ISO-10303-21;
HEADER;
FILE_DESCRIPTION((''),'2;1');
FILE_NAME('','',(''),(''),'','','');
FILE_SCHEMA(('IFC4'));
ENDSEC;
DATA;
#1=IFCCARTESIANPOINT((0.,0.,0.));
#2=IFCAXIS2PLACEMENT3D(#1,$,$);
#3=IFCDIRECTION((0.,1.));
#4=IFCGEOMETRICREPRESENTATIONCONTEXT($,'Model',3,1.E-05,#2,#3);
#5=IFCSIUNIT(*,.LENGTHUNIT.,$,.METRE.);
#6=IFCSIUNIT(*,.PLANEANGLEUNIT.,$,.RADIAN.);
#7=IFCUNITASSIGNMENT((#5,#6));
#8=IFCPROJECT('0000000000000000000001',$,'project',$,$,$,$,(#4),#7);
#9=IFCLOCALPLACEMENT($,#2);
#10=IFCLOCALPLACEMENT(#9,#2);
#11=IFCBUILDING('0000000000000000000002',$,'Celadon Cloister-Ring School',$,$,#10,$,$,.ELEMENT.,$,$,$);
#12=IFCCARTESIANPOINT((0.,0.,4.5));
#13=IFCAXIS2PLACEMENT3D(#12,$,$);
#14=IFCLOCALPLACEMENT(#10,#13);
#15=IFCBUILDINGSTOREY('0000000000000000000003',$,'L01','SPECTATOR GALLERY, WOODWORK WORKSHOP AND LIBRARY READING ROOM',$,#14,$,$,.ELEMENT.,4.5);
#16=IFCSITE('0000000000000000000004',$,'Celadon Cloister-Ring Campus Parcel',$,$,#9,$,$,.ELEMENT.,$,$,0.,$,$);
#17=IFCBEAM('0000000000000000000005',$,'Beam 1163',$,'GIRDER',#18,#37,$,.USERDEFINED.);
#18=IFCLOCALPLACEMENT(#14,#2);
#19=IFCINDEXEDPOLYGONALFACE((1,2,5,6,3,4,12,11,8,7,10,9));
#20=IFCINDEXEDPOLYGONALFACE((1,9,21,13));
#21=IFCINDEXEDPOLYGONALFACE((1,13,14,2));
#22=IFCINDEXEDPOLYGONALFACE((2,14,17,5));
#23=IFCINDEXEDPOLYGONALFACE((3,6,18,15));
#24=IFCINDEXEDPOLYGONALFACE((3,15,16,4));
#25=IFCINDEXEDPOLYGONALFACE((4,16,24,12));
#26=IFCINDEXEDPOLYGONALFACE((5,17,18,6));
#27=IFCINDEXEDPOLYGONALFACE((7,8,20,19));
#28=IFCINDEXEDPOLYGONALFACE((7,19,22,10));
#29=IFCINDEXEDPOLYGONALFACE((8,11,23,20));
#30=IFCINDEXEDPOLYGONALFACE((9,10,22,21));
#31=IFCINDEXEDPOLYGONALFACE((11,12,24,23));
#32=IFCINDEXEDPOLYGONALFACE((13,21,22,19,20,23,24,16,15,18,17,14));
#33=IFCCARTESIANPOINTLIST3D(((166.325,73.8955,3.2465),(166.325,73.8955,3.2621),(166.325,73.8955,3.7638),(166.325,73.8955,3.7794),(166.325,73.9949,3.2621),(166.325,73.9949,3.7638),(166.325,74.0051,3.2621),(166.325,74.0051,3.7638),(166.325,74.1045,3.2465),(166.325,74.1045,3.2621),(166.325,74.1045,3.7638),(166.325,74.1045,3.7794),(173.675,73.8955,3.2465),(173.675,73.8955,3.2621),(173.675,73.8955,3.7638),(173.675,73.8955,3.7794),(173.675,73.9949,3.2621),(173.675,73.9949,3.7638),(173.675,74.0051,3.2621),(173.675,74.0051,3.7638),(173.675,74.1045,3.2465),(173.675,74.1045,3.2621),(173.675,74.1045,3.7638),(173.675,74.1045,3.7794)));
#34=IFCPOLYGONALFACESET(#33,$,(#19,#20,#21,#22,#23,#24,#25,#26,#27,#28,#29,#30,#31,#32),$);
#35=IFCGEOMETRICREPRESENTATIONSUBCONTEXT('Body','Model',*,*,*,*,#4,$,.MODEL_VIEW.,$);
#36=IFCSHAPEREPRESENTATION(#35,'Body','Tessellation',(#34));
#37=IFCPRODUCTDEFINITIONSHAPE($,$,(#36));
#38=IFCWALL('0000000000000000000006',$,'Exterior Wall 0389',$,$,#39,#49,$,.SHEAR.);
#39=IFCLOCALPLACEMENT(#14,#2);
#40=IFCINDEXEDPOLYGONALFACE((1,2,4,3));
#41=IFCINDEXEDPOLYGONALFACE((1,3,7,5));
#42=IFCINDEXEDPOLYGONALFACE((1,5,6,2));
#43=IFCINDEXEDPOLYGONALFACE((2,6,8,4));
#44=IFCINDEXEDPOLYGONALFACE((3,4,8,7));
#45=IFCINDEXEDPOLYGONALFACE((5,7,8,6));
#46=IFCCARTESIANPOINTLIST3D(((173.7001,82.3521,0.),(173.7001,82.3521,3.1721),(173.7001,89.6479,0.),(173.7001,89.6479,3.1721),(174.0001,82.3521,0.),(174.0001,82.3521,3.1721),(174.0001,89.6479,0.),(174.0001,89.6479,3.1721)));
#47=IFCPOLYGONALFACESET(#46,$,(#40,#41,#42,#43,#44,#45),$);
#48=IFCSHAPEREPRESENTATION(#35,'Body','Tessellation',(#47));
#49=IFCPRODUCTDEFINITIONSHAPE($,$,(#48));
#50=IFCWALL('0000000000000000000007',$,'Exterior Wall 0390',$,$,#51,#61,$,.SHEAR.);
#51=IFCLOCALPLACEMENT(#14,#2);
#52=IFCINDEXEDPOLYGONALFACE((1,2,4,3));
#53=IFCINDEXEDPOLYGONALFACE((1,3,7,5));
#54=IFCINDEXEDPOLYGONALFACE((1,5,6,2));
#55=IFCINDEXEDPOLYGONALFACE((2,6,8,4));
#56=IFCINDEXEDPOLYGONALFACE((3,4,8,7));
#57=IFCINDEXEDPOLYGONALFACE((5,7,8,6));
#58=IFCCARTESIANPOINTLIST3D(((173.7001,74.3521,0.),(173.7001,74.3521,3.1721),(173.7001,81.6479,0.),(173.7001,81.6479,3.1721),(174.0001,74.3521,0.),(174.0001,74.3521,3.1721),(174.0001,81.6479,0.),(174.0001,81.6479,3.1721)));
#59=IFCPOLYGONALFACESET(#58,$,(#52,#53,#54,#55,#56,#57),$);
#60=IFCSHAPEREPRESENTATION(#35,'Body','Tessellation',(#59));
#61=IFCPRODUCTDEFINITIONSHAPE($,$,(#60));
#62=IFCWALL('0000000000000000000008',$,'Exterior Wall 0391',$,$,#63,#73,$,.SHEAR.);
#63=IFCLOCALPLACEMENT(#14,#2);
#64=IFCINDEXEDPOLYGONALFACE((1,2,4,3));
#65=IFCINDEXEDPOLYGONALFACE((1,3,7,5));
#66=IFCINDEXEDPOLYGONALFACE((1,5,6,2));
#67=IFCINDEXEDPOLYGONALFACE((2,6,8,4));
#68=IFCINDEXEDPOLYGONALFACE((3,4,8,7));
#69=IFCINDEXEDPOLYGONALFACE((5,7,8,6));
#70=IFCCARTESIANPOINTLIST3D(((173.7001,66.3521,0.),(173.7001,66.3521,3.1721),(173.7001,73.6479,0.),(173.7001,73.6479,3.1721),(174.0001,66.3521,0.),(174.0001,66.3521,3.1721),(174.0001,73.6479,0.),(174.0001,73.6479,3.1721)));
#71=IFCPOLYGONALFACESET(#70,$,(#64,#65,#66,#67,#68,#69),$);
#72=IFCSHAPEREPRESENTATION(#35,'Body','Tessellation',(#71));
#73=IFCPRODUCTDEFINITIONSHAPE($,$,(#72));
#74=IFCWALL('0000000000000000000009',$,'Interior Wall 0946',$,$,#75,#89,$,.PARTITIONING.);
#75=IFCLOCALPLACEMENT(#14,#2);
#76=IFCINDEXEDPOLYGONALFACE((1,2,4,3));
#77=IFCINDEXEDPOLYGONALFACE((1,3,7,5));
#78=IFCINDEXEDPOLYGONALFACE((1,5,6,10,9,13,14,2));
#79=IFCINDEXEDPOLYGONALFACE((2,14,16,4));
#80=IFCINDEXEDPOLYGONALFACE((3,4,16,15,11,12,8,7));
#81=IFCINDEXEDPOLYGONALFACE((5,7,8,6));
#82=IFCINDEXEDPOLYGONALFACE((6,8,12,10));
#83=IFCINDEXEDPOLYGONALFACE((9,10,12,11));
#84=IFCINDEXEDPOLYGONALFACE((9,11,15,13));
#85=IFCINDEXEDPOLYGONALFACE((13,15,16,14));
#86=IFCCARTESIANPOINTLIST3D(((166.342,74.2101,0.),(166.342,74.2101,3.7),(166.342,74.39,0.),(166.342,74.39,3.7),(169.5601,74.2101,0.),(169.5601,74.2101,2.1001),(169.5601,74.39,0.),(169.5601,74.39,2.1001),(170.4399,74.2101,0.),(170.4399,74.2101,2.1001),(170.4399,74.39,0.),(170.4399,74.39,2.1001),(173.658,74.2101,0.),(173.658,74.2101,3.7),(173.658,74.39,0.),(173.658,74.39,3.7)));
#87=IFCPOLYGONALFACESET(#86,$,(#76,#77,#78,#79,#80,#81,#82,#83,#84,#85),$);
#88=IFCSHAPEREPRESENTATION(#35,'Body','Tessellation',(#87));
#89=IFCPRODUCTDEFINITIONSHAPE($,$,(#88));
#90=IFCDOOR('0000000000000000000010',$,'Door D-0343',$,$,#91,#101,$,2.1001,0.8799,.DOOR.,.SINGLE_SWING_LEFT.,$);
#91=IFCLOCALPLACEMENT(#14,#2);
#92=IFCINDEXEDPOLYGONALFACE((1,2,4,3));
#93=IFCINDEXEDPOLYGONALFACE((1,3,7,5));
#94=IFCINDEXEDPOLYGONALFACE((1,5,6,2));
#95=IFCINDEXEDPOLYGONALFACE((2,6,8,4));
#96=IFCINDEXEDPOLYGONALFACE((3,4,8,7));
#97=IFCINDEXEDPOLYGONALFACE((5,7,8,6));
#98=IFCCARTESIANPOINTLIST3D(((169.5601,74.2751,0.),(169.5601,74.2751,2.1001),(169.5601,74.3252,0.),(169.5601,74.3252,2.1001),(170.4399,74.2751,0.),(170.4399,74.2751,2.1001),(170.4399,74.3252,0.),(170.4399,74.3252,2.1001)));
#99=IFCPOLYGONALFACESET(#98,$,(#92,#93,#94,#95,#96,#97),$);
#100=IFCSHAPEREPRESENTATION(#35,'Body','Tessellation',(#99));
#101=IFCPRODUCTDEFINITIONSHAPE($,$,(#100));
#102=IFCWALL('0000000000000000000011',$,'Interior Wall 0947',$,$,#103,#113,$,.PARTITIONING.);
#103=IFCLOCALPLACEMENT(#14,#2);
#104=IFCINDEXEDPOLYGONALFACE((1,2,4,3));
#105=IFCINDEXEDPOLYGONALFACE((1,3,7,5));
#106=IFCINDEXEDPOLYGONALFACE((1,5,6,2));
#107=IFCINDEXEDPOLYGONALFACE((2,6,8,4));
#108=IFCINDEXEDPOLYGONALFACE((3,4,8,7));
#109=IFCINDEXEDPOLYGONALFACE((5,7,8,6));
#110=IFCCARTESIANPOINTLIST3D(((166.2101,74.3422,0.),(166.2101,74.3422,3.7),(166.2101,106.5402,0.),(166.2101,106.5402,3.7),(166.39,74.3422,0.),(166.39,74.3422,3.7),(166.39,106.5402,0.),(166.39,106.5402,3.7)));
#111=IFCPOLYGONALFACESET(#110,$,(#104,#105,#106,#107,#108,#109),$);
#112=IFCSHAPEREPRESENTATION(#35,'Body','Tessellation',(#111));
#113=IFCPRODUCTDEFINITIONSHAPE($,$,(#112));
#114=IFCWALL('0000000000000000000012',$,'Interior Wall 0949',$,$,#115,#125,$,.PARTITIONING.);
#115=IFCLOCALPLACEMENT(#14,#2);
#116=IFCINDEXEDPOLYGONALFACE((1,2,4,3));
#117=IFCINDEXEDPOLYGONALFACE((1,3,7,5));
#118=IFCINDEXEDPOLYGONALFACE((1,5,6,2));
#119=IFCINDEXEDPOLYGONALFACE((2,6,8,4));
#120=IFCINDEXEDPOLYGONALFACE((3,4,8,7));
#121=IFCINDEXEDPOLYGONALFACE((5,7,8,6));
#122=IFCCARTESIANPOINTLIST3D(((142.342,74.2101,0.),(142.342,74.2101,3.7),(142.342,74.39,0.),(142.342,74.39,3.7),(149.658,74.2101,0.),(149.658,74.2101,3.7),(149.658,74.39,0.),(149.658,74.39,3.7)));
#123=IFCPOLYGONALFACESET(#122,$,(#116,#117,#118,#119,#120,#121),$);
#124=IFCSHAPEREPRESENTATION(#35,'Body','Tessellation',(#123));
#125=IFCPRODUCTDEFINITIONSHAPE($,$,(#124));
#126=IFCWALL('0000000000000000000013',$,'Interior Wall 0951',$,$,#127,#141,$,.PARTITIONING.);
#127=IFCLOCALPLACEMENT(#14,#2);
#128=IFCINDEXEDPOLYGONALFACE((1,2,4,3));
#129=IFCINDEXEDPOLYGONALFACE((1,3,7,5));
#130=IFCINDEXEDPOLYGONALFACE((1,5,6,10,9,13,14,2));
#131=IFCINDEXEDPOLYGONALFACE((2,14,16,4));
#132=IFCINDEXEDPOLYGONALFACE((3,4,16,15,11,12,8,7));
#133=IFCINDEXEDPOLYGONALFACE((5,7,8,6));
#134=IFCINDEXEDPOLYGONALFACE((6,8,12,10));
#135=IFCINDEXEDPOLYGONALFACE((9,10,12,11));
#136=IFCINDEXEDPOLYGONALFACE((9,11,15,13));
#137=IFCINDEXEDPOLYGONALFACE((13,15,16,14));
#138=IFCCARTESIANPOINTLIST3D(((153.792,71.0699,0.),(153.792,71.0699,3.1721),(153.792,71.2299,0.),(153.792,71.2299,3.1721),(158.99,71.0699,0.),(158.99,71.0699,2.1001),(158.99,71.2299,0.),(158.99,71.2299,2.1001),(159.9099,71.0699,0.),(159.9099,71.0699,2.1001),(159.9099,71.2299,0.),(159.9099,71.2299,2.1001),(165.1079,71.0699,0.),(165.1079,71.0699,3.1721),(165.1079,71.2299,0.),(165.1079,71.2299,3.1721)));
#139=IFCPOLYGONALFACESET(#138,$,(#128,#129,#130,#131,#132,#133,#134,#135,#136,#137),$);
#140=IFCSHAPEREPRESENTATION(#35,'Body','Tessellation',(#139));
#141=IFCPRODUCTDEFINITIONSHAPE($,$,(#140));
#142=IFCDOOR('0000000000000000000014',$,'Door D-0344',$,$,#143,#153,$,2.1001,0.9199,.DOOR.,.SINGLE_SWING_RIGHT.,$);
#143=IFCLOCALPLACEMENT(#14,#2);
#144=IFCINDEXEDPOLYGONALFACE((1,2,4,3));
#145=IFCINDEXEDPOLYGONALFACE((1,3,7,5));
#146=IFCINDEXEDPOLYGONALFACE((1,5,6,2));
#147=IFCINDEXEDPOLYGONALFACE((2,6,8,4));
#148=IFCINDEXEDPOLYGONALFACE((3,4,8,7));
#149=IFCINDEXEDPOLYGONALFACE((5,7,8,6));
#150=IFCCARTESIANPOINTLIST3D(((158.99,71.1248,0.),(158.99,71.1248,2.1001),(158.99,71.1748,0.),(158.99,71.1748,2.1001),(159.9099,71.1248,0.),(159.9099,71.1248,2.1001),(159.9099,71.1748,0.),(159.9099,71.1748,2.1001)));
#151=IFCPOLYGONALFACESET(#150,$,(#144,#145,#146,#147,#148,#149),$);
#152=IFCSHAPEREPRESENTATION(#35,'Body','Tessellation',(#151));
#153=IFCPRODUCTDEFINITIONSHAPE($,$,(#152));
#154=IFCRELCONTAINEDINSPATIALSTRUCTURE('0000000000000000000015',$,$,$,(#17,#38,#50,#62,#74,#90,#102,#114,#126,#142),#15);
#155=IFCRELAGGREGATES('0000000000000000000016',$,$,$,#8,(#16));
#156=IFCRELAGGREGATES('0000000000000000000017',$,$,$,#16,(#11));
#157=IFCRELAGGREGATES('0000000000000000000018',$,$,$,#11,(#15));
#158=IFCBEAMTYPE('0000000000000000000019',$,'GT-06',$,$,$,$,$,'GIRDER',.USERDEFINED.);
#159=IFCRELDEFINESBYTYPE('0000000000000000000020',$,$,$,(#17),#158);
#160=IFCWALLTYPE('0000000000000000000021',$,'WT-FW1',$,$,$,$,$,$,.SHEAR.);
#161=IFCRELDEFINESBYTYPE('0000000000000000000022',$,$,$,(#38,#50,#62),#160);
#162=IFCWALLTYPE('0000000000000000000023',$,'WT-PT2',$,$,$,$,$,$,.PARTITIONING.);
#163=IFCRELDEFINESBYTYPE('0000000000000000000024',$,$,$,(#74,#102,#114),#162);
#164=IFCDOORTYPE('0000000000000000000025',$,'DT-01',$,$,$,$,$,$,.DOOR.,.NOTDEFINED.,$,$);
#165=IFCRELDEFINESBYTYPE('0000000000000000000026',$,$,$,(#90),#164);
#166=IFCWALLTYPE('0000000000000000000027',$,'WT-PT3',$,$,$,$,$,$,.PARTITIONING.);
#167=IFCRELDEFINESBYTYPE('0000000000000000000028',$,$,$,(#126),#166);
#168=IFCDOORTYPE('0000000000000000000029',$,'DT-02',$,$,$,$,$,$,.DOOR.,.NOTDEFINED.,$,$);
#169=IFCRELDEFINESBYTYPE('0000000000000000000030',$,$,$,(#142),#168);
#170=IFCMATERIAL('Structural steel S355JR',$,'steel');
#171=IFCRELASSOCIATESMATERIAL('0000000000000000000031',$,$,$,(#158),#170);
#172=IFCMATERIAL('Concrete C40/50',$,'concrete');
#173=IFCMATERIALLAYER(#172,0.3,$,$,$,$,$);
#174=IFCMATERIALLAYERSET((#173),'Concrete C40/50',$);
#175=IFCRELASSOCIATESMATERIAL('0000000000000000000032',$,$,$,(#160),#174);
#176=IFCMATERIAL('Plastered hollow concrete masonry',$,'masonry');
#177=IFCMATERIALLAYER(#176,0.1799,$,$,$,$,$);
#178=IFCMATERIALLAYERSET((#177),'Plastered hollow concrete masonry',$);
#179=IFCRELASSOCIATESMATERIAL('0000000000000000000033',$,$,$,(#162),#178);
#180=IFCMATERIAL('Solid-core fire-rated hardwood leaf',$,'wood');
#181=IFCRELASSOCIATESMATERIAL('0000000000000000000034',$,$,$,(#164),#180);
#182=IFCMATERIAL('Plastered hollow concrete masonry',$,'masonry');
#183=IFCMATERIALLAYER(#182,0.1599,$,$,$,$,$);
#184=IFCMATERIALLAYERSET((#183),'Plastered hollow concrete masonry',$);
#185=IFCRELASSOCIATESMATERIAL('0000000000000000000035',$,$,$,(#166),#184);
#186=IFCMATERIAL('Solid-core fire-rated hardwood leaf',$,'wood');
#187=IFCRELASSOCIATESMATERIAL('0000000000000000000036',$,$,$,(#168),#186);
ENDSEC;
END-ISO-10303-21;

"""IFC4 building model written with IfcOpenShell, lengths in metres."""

from ifc_helpers import new_model, si_unit, direction, frame, frame_2d, origin, origin_2d, place, context, subcontext, project, spatial, rectangle, i_section, extrude, material, layer, layer_set, material_profile, profile_set, type_object, element, fill, save


model = new_model("IFC4")

# Units and contexts
model_context = context("Model", 3, precision=1e-05, world=origin(), true_north=direction((0.0, 1.0)))
body_context = subcontext(model_context, "Body", "Model", "MODEL_VIEW")
ifc_project = project(units=[si_unit("LENGTHUNIT", "METRE"), si_unit("PLANEANGLEUNIT", "RADIAN")], contexts=[model_context])

# Site, building, storey
site_placement = place(None, origin())
site = spatial("IfcSite", under=ifc_project, at=site_placement, Name="Celadon Cloister-Ring Campus Parcel", CompositionType="ELEMENT", RefElevation=0.0)
building_placement = place(site_placement, origin())
building = spatial("IfcBuilding", under=site, at=building_placement, Name="Celadon Cloister-Ring School", CompositionType="ELEMENT")
storey_placement = place(building_placement, frame((0.0, 0.0, 4.5)))
storey = spatial("IfcBuildingStorey", under=building, at=storey_placement, Name="L01", Description="SPECTATOR GALLERY, WOODWORK WORKSHOP AND LIBRARY READING ROOM", CompositionType="ELEMENT", Elevation=4.5)

# Beam
ifc_material_1 = material(Name="Structural steel S355JR", Category="steel")
ifc_material_profile_1 = material_profile(ifc_material_1, i_section(OverallWidth=0.209, OverallDepth=0.533, WebThickness=0.0103, FlangeThickness=0.0156, at=origin_2d()), Name="W530X92")
ifc_profile_set_1 = profile_set([ifc_material_profile_1], Name="Structural steel S355JR")
beam_type_1 = type_object("IfcBeamType", Name="GT-06", ElementType="GIRDER", PredefinedType="USERDEFINED", material=ifc_profile_set_1)
for number, where, z_axis, x_axis, name in (
    (1, (166.325, 74.0, 3.5129), (1.0, 0.0, 0.0), (0.0, 1.0, 0.0), "Beam 1163"),
):
    element("IfcBeam", number, at=place(storey_placement, frame(where, z_axis=z_axis, x_axis=x_axis)), inside=storey, type_object=beam_type_1, Name=name, ObjectType="GIRDER", PredefinedType="USERDEFINED", context=body_context, shape_type="SweptSolid", body=[
        extrude(i_section(OverallWidth=0.209, OverallDepth=0.533, WebThickness=0.0103, FlangeThickness=0.0156, at=origin_2d()), origin(), (0.0, 0.0, 1.0), 7.3501),
    ])

# Walls
ifc_material_2 = material(Name="Concrete C40/50", Category="concrete")
ifc_layer_1 = layer(ifc_material_2, 0.3)
ifc_layer_set_1 = layer_set([ifc_layer_1], Name="Concrete C40/50")
wall_type_1 = type_object("IfcWallType", Name="WT-FW1", PredefinedType="SHEAR", material=ifc_layer_set_1)
for number, where, z_axis, x_axis, name in (
    (2, (173.8501, 89.6479, 0.0), (0.0, 0.0, 1.0), (0.0, -1.0, 0.0), "Exterior Wall 0389"),
    (3, (173.8501, 81.6479, 0.0), (0.0, 0.0, 1.0), (0.0, -1.0, 0.0), "Exterior Wall 0390"),
    (4, (173.8501, 73.6479, 0.0), (0.0, 0.0, 1.0), (0.0, -1.0, 0.0), "Exterior Wall 0391"),
):
    element("IfcWall", number, at=place(storey_placement, frame(where, z_axis=z_axis, x_axis=x_axis)), inside=storey, type_object=wall_type_1, Name=name, PredefinedType="SHEAR", context=body_context, shape_type="SweptSolid", body=[
        extrude(rectangle(XDim=7.2959, YDim=0.3, at=frame_2d((3.6479, 0.0))), origin(), (0.0, 0.0, 1.0), 3.1721),
    ])

# Wall, opening, door
ifc_material_3 = material(Name="Plastered hollow concrete masonry", Category="masonry")
ifc_layer_2 = layer(ifc_material_3, 0.1799)
ifc_layer_set_2 = layer_set([ifc_layer_2], Name="Plastered hollow concrete masonry")
wall_type_2 = type_object("IfcWallType", Name="WT-PT2", PredefinedType="PARTITIONING", material=ifc_layer_set_2)
wall_1_placement = place(storey_placement, frame((173.658, 74.3, 0.0), z_axis=(0.0, 0.0, 1.0), x_axis=(-1.0, 0.0, 0.0)))
wall_1 = element("IfcWall", 5, at=wall_1_placement, inside=storey, type_object=wall_type_2, Name="Interior Wall 0946", PredefinedType="PARTITIONING", context=body_context, shape_type="SweptSolid", body=[
    extrude(rectangle(XDim=7.3159, YDim=0.1799, at=frame_2d((3.658, 0.0))), origin(), (0.0, 0.0, 1.0), 3.7),
])
opening_1_placement = place(wall_1_placement, frame((3.218, 0.0, 0.0)))
opening_1 = element("IfcOpeningElement", 6, at=opening_1_placement, cuts=wall_1, PredefinedType="OPENING", context=body_context, shape_type="SweptSolid", body=[
    extrude(rectangle(XDim=0.8799, YDim=2.1001, at=frame_2d((0.4399, 1.05))), frame((0.0, 0.1001, 0.0), z_axis=(0.0, -1.0, 0.0), x_axis=(1.0, 0.0, 0.0)), (0.0, 0.0, 1.0), 0.2),
])
ifc_material_4 = material(Name="Solid-core fire-rated hardwood leaf", Category="wood")
door_type_1 = type_object("IfcDoorType", Name="DT-01", OperationType="NOTDEFINED", PredefinedType="DOOR", material=ifc_material_4)
door_1_placement = place(opening_1_placement, origin())
door_1 = element("IfcDoor", 7, at=door_1_placement, inside=storey, type_object=door_type_1, Name="Door D-0343", OperationType="SINGLE_SWING_LEFT", OverallHeight=2.1001, OverallWidth=0.8799, PredefinedType="DOOR", context=body_context, shape_type="SweptSolid", body=[
    extrude(rectangle(XDim=0.8799, YDim=2.1001, at=frame_2d((0.4399, 1.05))), frame((0.0, 0.0249, 0.0), z_axis=(0.0, -1.0, 0.0), x_axis=(1.0, 0.0, 0.0)), (0.0, 0.0, 1.0), 0.05),
])
fill(opening_1, door_1)

# Walls
wall_2_placement = place(storey_placement, frame((166.3, 74.342, 0.0), z_axis=(0.0, 0.0, 1.0), x_axis=(0.0, 1.0, 0.0)))
element("IfcWall", 8, at=wall_2_placement, inside=storey, type_object=wall_type_2, Name="Interior Wall 0947", PredefinedType="PARTITIONING", context=body_context, shape_type="SweptSolid", body=[
    extrude(rectangle(XDim=32.198, YDim=0.1799, at=frame_2d((16.0991, 0.0))), origin(), (0.0, 0.0, 1.0), 3.7),
])
wall_3_placement = place(storey_placement, frame((149.658, 74.3, 0.0), z_axis=(0.0, 0.0, 1.0), x_axis=(-1.0, 0.0, 0.0)))
element("IfcWall", 9, at=wall_3_placement, inside=storey, type_object=wall_type_2, Name="Interior Wall 0949", PredefinedType="PARTITIONING", context=body_context, shape_type="SweptSolid", body=[
    extrude(rectangle(XDim=7.3159, YDim=0.1799, at=frame_2d((3.658, 0.0))), origin(), (0.0, 0.0, 1.0), 3.7),
])

# Wall, opening, door
ifc_material_5 = material(Name="Plastered hollow concrete masonry", Category="masonry")
ifc_layer_3 = layer(ifc_material_5, 0.1599)
ifc_layer_set_3 = layer_set([ifc_layer_3], Name="Plastered hollow concrete masonry")
wall_type_3 = type_object("IfcWallType", Name="WT-PT3", PredefinedType="PARTITIONING", material=ifc_layer_set_3)
wall_4_placement = place(storey_placement, frame((153.792, 71.1499, 0.0), z_axis=(0.0, 0.0, 1.0), x_axis=(1.0, 0.0, 0.0)))
wall_4 = element("IfcWall", 10, at=wall_4_placement, inside=storey, type_object=wall_type_3, Name="Interior Wall 0951", PredefinedType="PARTITIONING", context=body_context, shape_type="SweptSolid", body=[
    extrude(rectangle(XDim=11.3159, YDim=0.1599, at=frame_2d((5.658, 0.0))), origin(), (0.0, 0.0, 1.0), 3.1721),
])
opening_2_placement = place(wall_4_placement, frame((5.198, 0.0, 0.0)))
opening_2 = element("IfcOpeningElement", 11, at=opening_2_placement, cuts=wall_4, PredefinedType="OPENING", context=body_context, shape_type="SweptSolid", body=[
    extrude(rectangle(XDim=0.9199, YDim=2.1001, at=frame_2d((0.46, 1.05))), frame((0.0, 0.0898, 0.0), z_axis=(0.0, -1.0, 0.0), x_axis=(1.0, 0.0, 0.0)), (0.0, 0.0, 1.0), 0.1799),
])
ifc_material_6 = material(Name="Solid-core fire-rated hardwood leaf", Category="wood")
door_type_2 = type_object("IfcDoorType", Name="DT-02", OperationType="NOTDEFINED", PredefinedType="DOOR", material=ifc_material_6)
door_2_placement = place(opening_2_placement, origin())
door_2 = element("IfcDoor", 12, at=door_2_placement, inside=storey, type_object=door_type_2, Name="Door D-0344", OperationType="SINGLE_SWING_RIGHT", OverallHeight=2.1001, OverallWidth=0.9199, PredefinedType="DOOR", context=body_context, shape_type="SweptSolid", body=[
    extrude(rectangle(XDim=0.9199, YDim=2.1001, at=frame_2d((0.46, 1.05))), frame((0.0, 0.0249, 0.0), z_axis=(0.0, -1.0, 0.0), x_axis=(1.0, 0.0, 0.0)), (0.0, 0.0, 1.0), 0.05),
])
fill(opening_2, door_2)

save(model, "model.ifc")
